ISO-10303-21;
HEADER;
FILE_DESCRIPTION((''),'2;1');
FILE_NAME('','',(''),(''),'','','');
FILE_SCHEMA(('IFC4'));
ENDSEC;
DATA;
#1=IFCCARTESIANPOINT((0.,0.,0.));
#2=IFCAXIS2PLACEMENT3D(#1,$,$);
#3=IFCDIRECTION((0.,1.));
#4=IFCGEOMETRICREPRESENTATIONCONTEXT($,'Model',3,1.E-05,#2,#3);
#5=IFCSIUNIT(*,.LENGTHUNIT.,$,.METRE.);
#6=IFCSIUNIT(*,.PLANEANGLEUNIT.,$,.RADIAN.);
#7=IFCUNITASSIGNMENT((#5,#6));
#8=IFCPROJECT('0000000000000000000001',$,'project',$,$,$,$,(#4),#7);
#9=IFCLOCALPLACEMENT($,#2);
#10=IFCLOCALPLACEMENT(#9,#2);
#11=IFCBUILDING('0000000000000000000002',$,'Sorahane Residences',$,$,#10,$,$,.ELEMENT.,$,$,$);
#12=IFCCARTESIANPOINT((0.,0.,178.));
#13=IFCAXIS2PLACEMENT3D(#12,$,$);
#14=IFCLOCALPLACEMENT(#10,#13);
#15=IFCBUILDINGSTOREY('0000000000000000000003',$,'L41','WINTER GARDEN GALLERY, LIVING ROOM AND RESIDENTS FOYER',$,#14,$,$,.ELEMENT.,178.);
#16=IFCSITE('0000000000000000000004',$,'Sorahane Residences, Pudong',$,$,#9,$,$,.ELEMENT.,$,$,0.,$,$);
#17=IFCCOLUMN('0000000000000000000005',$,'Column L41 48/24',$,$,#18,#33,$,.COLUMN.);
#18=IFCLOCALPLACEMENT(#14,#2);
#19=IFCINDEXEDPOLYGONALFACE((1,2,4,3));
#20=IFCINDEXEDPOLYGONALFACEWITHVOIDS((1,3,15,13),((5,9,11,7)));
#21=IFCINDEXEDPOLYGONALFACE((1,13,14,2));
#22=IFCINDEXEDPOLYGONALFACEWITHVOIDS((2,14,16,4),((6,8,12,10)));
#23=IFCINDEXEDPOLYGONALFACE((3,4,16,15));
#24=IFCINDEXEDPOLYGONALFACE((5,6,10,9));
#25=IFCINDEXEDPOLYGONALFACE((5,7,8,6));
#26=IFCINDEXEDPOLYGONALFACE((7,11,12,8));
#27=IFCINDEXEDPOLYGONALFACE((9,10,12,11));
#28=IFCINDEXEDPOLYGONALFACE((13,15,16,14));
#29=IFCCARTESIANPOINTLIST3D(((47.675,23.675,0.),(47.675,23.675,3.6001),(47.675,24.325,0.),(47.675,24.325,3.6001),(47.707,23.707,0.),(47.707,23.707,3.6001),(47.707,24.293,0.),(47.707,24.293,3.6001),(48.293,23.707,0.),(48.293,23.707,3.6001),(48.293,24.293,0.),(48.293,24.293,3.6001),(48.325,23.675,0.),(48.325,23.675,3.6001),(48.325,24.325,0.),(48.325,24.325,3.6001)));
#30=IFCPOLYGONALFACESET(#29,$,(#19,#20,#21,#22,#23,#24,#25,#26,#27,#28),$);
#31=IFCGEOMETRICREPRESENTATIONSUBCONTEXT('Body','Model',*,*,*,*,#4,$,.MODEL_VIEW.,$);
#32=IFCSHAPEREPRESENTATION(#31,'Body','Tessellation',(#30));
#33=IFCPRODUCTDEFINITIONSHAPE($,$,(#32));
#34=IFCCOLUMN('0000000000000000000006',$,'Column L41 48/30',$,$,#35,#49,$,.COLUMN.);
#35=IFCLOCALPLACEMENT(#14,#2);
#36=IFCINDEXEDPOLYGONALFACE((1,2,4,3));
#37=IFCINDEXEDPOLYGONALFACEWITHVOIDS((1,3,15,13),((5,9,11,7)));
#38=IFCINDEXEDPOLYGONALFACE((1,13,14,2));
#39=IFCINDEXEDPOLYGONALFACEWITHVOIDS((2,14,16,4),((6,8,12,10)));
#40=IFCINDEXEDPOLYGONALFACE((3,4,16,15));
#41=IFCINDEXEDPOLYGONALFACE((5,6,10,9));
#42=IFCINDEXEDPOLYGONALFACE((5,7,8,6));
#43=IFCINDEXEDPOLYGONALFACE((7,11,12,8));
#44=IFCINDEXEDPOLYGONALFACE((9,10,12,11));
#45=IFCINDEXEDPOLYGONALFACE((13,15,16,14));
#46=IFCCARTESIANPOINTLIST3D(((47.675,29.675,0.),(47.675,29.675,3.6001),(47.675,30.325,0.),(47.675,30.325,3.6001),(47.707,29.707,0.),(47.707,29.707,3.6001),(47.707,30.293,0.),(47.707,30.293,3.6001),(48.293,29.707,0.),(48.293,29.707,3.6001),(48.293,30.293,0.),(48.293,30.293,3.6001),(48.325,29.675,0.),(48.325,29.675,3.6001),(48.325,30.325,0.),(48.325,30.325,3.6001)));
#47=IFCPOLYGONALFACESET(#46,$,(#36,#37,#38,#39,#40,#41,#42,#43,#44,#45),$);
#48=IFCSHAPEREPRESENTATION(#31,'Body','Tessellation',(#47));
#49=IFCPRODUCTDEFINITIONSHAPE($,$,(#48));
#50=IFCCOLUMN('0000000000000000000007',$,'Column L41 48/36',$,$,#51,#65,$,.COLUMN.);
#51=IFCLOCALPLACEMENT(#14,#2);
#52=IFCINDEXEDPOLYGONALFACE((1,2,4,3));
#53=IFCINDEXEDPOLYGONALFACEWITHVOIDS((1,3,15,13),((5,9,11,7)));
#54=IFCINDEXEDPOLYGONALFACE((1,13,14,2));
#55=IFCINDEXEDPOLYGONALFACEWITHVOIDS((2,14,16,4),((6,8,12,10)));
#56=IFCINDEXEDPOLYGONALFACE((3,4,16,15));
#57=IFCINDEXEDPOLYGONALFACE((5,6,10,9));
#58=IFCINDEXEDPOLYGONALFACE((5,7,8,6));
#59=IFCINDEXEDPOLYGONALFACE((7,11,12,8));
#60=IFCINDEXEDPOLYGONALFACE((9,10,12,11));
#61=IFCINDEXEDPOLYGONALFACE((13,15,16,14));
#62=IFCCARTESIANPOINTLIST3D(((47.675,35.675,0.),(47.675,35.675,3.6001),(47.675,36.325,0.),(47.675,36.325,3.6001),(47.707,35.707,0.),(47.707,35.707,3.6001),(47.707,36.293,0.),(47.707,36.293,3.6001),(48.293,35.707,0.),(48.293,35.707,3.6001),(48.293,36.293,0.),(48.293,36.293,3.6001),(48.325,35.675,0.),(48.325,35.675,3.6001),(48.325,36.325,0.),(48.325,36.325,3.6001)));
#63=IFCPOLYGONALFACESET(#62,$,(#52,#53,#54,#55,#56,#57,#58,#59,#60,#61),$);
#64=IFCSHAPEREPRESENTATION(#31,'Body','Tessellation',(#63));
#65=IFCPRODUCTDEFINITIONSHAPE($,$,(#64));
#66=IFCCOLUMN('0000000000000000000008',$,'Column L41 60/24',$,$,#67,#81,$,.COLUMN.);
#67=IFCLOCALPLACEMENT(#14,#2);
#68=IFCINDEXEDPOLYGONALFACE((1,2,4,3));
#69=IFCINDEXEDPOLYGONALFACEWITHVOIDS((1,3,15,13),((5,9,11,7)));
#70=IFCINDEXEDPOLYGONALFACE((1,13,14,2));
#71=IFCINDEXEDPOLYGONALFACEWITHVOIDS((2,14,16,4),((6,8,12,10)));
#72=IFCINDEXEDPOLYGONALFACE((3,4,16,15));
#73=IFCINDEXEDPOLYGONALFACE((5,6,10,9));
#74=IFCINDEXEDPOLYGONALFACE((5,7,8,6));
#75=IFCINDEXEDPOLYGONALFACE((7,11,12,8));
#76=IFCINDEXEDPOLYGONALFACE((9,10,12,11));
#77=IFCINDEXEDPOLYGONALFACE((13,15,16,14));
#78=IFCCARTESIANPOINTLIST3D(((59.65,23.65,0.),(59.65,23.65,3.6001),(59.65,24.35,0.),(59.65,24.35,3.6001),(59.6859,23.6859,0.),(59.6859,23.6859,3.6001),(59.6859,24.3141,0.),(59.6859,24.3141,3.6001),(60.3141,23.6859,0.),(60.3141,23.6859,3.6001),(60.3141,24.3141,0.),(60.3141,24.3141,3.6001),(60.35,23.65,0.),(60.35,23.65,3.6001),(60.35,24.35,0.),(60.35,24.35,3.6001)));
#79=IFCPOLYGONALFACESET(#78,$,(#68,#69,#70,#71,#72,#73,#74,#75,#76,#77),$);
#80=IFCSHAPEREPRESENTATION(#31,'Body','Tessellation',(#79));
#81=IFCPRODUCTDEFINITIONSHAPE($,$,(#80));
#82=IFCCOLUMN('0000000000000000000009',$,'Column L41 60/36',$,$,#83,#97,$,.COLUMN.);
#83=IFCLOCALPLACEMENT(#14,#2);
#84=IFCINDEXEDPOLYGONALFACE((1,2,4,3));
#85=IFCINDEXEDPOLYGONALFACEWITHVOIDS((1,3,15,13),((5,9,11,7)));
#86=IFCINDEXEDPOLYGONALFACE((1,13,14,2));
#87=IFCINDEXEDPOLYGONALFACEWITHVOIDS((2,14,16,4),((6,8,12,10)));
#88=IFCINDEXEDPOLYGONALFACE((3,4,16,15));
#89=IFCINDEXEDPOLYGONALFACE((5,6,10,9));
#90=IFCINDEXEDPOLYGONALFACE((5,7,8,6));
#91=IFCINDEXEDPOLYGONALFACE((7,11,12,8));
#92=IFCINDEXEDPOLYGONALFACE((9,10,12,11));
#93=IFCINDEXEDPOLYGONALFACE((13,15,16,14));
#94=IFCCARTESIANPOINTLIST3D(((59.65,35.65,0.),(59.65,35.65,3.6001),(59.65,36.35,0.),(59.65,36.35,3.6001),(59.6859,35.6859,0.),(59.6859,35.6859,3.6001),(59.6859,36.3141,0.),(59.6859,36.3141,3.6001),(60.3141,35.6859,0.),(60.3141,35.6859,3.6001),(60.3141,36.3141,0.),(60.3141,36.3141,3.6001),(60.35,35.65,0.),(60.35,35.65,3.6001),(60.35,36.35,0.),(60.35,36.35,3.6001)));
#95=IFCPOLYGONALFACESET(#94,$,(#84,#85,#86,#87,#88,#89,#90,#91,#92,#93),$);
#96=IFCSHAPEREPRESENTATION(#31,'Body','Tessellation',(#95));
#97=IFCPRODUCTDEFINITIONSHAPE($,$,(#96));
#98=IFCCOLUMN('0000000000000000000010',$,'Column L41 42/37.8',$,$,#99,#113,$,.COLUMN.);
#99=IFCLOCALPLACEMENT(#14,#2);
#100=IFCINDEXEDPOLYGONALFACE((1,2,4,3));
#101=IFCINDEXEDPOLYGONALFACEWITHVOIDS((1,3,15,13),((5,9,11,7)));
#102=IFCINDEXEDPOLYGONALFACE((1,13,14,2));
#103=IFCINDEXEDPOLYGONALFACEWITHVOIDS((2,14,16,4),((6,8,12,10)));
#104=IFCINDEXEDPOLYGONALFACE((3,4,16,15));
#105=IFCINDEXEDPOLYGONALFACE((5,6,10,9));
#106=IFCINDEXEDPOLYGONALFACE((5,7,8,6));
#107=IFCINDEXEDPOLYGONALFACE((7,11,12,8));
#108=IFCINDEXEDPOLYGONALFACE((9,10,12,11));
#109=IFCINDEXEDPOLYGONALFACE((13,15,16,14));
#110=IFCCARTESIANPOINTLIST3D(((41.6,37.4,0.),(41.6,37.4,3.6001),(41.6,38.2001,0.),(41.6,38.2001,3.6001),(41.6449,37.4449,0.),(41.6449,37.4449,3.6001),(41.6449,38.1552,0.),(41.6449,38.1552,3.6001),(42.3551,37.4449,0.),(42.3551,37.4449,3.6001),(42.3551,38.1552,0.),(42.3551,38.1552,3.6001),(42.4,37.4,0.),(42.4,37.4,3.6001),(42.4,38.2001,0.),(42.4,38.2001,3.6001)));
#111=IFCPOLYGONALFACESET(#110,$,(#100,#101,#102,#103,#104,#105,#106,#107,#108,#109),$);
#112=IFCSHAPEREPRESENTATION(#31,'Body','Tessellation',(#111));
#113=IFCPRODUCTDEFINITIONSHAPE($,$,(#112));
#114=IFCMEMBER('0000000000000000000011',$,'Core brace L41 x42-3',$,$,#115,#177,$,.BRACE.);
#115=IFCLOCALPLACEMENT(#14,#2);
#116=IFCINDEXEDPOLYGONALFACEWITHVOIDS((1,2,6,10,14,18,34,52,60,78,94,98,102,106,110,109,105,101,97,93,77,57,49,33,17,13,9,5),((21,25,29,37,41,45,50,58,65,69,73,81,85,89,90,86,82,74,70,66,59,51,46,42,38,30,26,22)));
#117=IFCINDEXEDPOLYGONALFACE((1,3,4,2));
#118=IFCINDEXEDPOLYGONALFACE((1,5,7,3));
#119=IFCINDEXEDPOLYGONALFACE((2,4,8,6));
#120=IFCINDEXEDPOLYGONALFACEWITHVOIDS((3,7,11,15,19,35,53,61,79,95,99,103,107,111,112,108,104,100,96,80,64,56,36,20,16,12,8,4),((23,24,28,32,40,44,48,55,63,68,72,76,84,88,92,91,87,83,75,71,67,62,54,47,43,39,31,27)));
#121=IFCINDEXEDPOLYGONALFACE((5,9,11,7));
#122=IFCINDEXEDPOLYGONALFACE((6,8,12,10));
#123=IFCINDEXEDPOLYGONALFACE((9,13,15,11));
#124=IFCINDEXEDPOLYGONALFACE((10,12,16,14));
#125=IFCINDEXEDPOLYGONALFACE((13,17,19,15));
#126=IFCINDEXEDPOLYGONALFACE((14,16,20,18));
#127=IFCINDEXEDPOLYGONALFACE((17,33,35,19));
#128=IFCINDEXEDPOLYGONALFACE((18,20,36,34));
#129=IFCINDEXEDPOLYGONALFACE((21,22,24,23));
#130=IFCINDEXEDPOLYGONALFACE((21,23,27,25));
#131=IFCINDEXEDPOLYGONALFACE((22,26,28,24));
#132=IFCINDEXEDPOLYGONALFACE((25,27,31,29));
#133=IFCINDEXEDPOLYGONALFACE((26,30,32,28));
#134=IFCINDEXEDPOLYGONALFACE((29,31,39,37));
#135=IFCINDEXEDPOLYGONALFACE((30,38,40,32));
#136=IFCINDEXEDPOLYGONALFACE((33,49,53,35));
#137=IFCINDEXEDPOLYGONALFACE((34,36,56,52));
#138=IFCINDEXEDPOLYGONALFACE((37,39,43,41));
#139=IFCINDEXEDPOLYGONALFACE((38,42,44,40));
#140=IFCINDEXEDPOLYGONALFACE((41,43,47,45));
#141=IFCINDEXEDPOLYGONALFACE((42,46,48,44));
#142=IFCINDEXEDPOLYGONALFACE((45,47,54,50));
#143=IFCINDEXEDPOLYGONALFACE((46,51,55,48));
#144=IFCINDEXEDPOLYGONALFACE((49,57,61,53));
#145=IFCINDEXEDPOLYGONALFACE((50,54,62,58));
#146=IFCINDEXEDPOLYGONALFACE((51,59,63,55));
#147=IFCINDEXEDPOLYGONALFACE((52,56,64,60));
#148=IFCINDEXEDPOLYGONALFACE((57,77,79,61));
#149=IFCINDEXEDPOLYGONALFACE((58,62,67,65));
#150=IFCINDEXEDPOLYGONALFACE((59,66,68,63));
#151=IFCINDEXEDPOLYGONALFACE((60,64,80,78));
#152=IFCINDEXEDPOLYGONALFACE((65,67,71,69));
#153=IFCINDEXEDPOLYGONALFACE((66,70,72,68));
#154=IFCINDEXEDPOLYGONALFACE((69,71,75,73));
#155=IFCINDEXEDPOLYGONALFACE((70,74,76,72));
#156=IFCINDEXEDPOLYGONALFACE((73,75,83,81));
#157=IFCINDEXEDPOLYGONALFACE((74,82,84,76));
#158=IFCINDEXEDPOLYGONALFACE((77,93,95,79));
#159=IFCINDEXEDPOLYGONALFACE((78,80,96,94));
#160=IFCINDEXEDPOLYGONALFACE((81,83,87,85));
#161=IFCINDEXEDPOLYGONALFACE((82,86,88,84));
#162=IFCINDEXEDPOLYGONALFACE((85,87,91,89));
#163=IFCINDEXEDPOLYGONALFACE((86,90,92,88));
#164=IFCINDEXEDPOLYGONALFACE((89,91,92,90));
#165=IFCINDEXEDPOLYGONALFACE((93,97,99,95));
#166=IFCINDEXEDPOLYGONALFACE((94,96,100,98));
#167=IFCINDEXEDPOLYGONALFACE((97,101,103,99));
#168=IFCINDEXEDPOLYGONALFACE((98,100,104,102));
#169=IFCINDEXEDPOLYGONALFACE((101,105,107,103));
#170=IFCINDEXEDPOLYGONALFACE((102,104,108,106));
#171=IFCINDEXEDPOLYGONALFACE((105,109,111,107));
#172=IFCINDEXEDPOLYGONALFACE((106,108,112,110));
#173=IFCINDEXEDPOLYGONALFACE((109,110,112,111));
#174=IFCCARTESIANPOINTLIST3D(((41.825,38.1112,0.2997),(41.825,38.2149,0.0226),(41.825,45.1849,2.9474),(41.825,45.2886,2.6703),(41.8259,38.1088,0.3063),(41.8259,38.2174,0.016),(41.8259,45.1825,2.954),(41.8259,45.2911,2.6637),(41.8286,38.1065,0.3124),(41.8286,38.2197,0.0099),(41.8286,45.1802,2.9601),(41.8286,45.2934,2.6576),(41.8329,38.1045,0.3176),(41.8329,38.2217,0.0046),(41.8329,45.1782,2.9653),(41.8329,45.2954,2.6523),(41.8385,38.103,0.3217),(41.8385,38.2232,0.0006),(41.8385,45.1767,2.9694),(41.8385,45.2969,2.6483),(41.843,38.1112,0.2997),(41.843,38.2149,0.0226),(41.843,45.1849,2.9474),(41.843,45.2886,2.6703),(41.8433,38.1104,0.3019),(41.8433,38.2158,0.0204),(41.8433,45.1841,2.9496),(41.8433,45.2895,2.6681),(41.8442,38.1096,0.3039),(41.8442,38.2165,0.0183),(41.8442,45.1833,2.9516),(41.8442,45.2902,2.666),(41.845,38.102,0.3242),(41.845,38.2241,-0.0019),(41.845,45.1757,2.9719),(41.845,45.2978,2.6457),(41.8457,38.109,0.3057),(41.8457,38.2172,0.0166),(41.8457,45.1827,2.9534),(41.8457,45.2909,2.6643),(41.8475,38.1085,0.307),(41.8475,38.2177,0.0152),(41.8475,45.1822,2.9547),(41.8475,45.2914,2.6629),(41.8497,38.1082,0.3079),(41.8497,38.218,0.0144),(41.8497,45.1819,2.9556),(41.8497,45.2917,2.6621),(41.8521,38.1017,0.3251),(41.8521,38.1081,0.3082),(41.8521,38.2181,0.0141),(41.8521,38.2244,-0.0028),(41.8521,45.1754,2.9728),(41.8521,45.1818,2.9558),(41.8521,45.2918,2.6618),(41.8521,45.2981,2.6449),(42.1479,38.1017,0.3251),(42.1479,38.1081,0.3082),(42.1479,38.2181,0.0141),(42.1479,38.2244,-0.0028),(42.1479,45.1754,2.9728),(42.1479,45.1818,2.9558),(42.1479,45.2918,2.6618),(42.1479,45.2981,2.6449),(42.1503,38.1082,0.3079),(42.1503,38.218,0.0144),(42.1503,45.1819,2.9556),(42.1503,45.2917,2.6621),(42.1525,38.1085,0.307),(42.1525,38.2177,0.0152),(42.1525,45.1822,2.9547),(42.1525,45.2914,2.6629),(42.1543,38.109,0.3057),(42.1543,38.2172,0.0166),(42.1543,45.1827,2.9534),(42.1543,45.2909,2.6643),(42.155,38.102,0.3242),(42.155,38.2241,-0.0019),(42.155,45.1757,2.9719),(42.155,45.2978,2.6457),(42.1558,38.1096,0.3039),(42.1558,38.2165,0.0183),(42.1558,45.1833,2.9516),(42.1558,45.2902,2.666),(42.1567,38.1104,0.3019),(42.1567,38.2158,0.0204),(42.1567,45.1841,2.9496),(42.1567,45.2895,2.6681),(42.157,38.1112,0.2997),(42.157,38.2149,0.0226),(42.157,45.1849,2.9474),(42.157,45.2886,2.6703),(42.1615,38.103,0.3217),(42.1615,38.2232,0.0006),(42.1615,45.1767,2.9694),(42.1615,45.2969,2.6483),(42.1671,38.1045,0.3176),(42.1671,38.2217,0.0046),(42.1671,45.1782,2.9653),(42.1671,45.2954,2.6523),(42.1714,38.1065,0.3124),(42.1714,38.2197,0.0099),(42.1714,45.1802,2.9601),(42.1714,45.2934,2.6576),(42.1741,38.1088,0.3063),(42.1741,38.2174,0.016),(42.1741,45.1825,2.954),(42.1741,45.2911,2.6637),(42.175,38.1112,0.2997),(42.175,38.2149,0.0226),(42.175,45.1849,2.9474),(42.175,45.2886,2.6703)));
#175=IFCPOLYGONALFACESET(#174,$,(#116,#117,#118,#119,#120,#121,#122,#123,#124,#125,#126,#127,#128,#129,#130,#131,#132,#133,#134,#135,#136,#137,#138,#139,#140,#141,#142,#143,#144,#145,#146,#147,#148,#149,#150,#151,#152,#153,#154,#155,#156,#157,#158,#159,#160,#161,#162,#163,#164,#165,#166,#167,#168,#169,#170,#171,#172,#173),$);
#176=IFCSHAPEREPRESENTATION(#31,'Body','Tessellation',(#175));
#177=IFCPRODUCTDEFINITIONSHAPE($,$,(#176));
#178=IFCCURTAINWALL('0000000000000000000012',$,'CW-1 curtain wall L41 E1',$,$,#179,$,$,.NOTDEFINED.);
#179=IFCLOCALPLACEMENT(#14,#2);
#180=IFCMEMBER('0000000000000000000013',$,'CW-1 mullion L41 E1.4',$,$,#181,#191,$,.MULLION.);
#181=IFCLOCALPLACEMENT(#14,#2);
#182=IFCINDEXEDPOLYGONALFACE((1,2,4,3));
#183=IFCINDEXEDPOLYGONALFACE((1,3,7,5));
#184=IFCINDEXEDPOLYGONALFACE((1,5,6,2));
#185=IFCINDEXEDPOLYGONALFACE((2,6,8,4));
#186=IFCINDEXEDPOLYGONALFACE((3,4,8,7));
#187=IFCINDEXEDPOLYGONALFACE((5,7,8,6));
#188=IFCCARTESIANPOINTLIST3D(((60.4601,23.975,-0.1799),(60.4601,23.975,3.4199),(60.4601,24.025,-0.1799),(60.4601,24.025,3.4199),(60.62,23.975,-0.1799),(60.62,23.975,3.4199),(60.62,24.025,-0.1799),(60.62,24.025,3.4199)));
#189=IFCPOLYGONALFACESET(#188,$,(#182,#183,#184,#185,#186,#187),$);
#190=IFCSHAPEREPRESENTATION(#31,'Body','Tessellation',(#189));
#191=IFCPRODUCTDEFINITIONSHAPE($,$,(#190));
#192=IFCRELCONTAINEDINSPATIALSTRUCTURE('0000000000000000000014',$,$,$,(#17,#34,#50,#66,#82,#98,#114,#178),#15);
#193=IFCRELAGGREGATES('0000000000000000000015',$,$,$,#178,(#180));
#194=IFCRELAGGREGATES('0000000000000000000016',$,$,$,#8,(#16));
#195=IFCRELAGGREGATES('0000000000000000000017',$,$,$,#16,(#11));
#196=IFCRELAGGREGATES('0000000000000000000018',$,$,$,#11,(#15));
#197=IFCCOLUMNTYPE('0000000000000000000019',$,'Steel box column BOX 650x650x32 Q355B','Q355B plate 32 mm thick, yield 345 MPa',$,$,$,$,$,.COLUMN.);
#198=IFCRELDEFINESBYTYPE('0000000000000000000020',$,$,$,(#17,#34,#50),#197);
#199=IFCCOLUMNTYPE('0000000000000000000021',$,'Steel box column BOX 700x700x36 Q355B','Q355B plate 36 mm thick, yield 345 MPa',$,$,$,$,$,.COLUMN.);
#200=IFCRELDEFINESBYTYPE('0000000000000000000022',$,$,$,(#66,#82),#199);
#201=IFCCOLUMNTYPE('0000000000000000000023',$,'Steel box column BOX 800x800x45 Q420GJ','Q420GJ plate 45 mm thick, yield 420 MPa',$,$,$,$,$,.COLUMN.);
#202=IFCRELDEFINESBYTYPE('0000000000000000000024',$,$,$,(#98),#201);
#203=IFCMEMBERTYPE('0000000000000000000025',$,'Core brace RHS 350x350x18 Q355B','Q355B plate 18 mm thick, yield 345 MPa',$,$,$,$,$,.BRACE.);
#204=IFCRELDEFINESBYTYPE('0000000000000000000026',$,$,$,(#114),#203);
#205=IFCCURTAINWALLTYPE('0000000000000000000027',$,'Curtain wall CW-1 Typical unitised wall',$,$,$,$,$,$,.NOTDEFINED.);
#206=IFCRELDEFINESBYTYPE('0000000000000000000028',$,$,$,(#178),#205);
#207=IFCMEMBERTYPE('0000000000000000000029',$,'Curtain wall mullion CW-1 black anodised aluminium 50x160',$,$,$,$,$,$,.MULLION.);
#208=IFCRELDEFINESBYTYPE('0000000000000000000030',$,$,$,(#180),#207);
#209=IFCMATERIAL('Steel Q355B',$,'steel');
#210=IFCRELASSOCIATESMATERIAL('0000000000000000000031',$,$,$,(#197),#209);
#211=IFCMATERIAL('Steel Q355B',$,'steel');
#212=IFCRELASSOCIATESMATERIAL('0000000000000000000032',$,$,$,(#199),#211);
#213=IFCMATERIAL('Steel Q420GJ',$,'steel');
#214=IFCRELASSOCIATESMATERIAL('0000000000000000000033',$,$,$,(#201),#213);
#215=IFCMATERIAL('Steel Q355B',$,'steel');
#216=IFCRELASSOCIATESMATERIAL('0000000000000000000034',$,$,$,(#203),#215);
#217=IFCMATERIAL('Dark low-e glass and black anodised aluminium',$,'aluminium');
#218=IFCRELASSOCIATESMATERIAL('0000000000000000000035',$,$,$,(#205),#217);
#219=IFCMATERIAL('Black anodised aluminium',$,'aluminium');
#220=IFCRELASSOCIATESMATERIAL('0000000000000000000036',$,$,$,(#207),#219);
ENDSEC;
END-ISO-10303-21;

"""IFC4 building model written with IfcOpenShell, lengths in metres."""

from ifc_helpers import new_model, si_unit, direction, frame, origin, origin_2d, place, context, subcontext, project, spatial, rectangle, hollow_rectangle, extrude, material, material_profile, profile_set, type_object, element, aggregate, save


model = new_model("IFC4")

# Units and contexts
model_context = context("Model", 3, precision=1e-05, world=origin(), true_north=direction((0.0, 1.0)))
body_context = subcontext(model_context, "Body", "Model", "MODEL_VIEW")
ifc_project = project(units=[si_unit("LENGTHUNIT", "METRE"), si_unit("PLANEANGLEUNIT", "RADIAN")], contexts=[model_context])

# Site, building, storey
site_placement = place(None, origin())
site = spatial("IfcSite", under=ifc_project, at=site_placement, Name="Sorahane Residences, Pudong", CompositionType="ELEMENT", RefElevation=0.0)
building_placement = place(site_placement, origin())
building = spatial("IfcBuilding", under=site, at=building_placement, Name="Sorahane Residences", CompositionType="ELEMENT")
storey_placement = place(building_placement, frame((0.0, 0.0, 178.0)))
storey = spatial("IfcBuildingStorey", under=building, at=storey_placement, Name="L41", Description="WINTER GARDEN GALLERY, LIVING ROOM AND RESIDENTS FOYER", CompositionType="ELEMENT", Elevation=178.0)

# Columns
ifc_material_1 = material(Name="Steel Q355B", Category="steel")
ifc_material_profile_1 = material_profile(ifc_material_1, hollow_rectangle(XDim=0.6499, YDim=0.6499, WallThickness=0.032, at=origin_2d()), Name="BOX 650x650x32")
ifc_profile_set_1 = profile_set([ifc_material_profile_1], Name="Steel Q355B")
column_type_1 = type_object("IfcColumnType", Name="Steel box column BOX 650x650x32 Q355B", Description="Q355B plate 32 mm thick, yield 345 MPa", PredefinedType="COLUMN", material=ifc_profile_set_1)
for number, where, z_axis, x_axis, name in (
    (1, (48.0, 24.0, 0.0), (0.0, 0.0, 1.0), (1.0, 0.0, 0.0), "Column L41 48/24"),
    (2, (48.0, 30.0, 0.0), (0.0, 0.0, 1.0), (1.0, 0.0, 0.0), "Column L41 48/30"),
    (3, (48.0, 36.0, 0.0), (0.0, 0.0, 1.0), (1.0, 0.0, 0.0), "Column L41 48/36"),
):
    element("IfcColumn", number, at=place(storey_placement, frame(where, z_axis=z_axis, x_axis=x_axis)), inside=storey, type_object=column_type_1, Name=name, PredefinedType="COLUMN", context=body_context, shape_type="SweptSolid", body=[
        extrude(hollow_rectangle(XDim=0.6499, YDim=0.6499, WallThickness=0.032, at=origin_2d()), origin(), (0.0, 0.0, 1.0), 3.6001),
    ])
ifc_material_2 = material(Name="Steel Q355B", Category="steel")
ifc_material_profile_2 = material_profile(ifc_material_2, hollow_rectangle(XDim=0.7, YDim=0.7, WallThickness=0.0359, at=origin_2d()), Name="BOX 700x700x36")
ifc_profile_set_2 = profile_set([ifc_material_profile_2], Name="Steel Q355B")
column_type_2 = type_object("IfcColumnType", Name="Steel box column BOX 700x700x36 Q355B", Description="Q355B plate 36 mm thick, yield 345 MPa", PredefinedType="COLUMN", material=ifc_profile_set_2)
for number, where, z_axis, x_axis, name in (
    (4, (60.0, 24.0, 0.0), (0.0, 0.0, 1.0), (1.0, 0.0, 0.0), "Column L41 60/24"),
    (5, (60.0, 36.0, 0.0), (0.0, 0.0, 1.0), (1.0, 0.0, 0.0), "Column L41 60/36"),
):
    element("IfcColumn", number, at=place(storey_placement, frame(where, z_axis=z_axis, x_axis=x_axis)), inside=storey, type_object=column_type_2, Name=name, PredefinedType="COLUMN", context=body_context, shape_type="SweptSolid", body=[
        extrude(hollow_rectangle(XDim=0.7, YDim=0.7, WallThickness=0.0359, at=origin_2d()), origin(), (0.0, 0.0, 1.0), 3.6001),
    ])
ifc_material_3 = material(Name="Steel Q420GJ", Category="steel")
ifc_material_profile_3 = material_profile(ifc_material_3, hollow_rectangle(XDim=0.8, YDim=0.8, WallThickness=0.0449, at=origin_2d()), Name="BOX 800x800x45")
ifc_profile_set_3 = profile_set([ifc_material_profile_3], Name="Steel Q420GJ")
column_type_3 = type_object("IfcColumnType", Name="Steel box column BOX 800x800x45 Q420GJ", Description="Q420GJ plate 45 mm thick, yield 420 MPa", PredefinedType="COLUMN", material=ifc_profile_set_3)
column_placement = place(storey_placement, frame((42.0, 37.8, 0.0), z_axis=(0.0, 0.0, 1.0), x_axis=(1.0, 0.0, 0.0)))
element("IfcColumn", 6, at=column_placement, inside=storey, type_object=column_type_3, Name="Column L41 42/37.8", PredefinedType="COLUMN", context=body_context, shape_type="SweptSolid", body=[
    extrude(hollow_rectangle(XDim=0.8, YDim=0.8, WallThickness=0.0449, at=origin_2d()), origin(), (0.0, 0.0, 1.0), 3.6001),
])

# Member
ifc_material_4 = material(Name="Steel Q355B", Category="steel")
ifc_material_profile_4 = material_profile(ifc_material_4, hollow_rectangle(XDim=0.3501, YDim=0.3501, WallThickness=0.0181, InnerFilletRadius=0.009, OuterFilletRadius=0.0271, at=origin_2d()), Name="RHS 350x350x18")
ifc_profile_set_4 = profile_set([ifc_material_profile_4], Name="Steel Q355B")
member_type_1 = type_object("IfcMemberType", Name="Core brace RHS 350x350x18 Q355B", Description="Q355B plate 18 mm thick, yield 345 MPa", PredefinedType="BRACE", material=ifc_profile_set_4)
member_1_placement = place(storey_placement, frame((42.0, 38.1631, 0.1611), z_axis=(0.0, 0.936544, 0.35055), x_axis=(-1.0, 0.0, 0.0)))
element("IfcMember", 7, at=member_1_placement, inside=storey, type_object=member_type_1, Name="Core brace L41 x42-3", PredefinedType="BRACE", context=body_context, shape_type="SweptSolid", body=[
    extrude(hollow_rectangle(XDim=0.3501, YDim=0.3501, WallThickness=0.0181, InnerFilletRadius=0.009, OuterFilletRadius=0.0271, at=origin_2d()), origin(), (0.0, 0.0, 1.0), 7.553),
])

# Curtain wall, member
ifc_material_5 = material(Name="Dark low-e glass and black anodised aluminium", Category="aluminium")
curtain_wall_type = type_object("IfcCurtainWallType", Name="Curtain wall CW-1 Typical unitised wall", PredefinedType="NOTDEFINED", material=ifc_material_5)
curtain_wall_placement = place(storey_placement, origin())
curtain_wall = element("IfcCurtainWall", 8, at=curtain_wall_placement, inside=storey, type_object=curtain_wall_type, Name="CW-1 curtain wall L41 E1", PredefinedType="NOTDEFINED")
ifc_material_6 = material(Name="Black anodised aluminium", Category="aluminium")
ifc_material_profile_5 = material_profile(ifc_material_6, rectangle(XDim=0.1599, YDim=0.05, at=origin_2d()), Name="Curtain wall mullion CW-1 black anodised aluminium 50x160")
ifc_profile_set_5 = profile_set([ifc_material_profile_5], Name="Black anodised aluminium")
member_type_2 = type_object("IfcMemberType", Name="Curtain wall mullion CW-1 black anodised aluminium 50x160", PredefinedType="MULLION", material=ifc_profile_set_5)
member_2_placement = place(storey_placement, frame((60.54, 24.0, -0.1799), z_axis=(0.0, 0.0, 1.0), x_axis=(1.0, 0.0, 0.0)))
member_2 = element("IfcMember", 9, at=member_2_placement, type_object=member_type_2, Name="CW-1 mullion L41 E1.4", PredefinedType="MULLION", context=body_context, shape_type="SweptSolid", body=[
    extrude(rectangle(XDim=0.1599, YDim=0.05, at=origin_2d()), origin(), (0.0, 0.0, 1.0), 3.5999),
])

aggregate(curtain_wall, [member_2])

save(model, "model.ifc")
